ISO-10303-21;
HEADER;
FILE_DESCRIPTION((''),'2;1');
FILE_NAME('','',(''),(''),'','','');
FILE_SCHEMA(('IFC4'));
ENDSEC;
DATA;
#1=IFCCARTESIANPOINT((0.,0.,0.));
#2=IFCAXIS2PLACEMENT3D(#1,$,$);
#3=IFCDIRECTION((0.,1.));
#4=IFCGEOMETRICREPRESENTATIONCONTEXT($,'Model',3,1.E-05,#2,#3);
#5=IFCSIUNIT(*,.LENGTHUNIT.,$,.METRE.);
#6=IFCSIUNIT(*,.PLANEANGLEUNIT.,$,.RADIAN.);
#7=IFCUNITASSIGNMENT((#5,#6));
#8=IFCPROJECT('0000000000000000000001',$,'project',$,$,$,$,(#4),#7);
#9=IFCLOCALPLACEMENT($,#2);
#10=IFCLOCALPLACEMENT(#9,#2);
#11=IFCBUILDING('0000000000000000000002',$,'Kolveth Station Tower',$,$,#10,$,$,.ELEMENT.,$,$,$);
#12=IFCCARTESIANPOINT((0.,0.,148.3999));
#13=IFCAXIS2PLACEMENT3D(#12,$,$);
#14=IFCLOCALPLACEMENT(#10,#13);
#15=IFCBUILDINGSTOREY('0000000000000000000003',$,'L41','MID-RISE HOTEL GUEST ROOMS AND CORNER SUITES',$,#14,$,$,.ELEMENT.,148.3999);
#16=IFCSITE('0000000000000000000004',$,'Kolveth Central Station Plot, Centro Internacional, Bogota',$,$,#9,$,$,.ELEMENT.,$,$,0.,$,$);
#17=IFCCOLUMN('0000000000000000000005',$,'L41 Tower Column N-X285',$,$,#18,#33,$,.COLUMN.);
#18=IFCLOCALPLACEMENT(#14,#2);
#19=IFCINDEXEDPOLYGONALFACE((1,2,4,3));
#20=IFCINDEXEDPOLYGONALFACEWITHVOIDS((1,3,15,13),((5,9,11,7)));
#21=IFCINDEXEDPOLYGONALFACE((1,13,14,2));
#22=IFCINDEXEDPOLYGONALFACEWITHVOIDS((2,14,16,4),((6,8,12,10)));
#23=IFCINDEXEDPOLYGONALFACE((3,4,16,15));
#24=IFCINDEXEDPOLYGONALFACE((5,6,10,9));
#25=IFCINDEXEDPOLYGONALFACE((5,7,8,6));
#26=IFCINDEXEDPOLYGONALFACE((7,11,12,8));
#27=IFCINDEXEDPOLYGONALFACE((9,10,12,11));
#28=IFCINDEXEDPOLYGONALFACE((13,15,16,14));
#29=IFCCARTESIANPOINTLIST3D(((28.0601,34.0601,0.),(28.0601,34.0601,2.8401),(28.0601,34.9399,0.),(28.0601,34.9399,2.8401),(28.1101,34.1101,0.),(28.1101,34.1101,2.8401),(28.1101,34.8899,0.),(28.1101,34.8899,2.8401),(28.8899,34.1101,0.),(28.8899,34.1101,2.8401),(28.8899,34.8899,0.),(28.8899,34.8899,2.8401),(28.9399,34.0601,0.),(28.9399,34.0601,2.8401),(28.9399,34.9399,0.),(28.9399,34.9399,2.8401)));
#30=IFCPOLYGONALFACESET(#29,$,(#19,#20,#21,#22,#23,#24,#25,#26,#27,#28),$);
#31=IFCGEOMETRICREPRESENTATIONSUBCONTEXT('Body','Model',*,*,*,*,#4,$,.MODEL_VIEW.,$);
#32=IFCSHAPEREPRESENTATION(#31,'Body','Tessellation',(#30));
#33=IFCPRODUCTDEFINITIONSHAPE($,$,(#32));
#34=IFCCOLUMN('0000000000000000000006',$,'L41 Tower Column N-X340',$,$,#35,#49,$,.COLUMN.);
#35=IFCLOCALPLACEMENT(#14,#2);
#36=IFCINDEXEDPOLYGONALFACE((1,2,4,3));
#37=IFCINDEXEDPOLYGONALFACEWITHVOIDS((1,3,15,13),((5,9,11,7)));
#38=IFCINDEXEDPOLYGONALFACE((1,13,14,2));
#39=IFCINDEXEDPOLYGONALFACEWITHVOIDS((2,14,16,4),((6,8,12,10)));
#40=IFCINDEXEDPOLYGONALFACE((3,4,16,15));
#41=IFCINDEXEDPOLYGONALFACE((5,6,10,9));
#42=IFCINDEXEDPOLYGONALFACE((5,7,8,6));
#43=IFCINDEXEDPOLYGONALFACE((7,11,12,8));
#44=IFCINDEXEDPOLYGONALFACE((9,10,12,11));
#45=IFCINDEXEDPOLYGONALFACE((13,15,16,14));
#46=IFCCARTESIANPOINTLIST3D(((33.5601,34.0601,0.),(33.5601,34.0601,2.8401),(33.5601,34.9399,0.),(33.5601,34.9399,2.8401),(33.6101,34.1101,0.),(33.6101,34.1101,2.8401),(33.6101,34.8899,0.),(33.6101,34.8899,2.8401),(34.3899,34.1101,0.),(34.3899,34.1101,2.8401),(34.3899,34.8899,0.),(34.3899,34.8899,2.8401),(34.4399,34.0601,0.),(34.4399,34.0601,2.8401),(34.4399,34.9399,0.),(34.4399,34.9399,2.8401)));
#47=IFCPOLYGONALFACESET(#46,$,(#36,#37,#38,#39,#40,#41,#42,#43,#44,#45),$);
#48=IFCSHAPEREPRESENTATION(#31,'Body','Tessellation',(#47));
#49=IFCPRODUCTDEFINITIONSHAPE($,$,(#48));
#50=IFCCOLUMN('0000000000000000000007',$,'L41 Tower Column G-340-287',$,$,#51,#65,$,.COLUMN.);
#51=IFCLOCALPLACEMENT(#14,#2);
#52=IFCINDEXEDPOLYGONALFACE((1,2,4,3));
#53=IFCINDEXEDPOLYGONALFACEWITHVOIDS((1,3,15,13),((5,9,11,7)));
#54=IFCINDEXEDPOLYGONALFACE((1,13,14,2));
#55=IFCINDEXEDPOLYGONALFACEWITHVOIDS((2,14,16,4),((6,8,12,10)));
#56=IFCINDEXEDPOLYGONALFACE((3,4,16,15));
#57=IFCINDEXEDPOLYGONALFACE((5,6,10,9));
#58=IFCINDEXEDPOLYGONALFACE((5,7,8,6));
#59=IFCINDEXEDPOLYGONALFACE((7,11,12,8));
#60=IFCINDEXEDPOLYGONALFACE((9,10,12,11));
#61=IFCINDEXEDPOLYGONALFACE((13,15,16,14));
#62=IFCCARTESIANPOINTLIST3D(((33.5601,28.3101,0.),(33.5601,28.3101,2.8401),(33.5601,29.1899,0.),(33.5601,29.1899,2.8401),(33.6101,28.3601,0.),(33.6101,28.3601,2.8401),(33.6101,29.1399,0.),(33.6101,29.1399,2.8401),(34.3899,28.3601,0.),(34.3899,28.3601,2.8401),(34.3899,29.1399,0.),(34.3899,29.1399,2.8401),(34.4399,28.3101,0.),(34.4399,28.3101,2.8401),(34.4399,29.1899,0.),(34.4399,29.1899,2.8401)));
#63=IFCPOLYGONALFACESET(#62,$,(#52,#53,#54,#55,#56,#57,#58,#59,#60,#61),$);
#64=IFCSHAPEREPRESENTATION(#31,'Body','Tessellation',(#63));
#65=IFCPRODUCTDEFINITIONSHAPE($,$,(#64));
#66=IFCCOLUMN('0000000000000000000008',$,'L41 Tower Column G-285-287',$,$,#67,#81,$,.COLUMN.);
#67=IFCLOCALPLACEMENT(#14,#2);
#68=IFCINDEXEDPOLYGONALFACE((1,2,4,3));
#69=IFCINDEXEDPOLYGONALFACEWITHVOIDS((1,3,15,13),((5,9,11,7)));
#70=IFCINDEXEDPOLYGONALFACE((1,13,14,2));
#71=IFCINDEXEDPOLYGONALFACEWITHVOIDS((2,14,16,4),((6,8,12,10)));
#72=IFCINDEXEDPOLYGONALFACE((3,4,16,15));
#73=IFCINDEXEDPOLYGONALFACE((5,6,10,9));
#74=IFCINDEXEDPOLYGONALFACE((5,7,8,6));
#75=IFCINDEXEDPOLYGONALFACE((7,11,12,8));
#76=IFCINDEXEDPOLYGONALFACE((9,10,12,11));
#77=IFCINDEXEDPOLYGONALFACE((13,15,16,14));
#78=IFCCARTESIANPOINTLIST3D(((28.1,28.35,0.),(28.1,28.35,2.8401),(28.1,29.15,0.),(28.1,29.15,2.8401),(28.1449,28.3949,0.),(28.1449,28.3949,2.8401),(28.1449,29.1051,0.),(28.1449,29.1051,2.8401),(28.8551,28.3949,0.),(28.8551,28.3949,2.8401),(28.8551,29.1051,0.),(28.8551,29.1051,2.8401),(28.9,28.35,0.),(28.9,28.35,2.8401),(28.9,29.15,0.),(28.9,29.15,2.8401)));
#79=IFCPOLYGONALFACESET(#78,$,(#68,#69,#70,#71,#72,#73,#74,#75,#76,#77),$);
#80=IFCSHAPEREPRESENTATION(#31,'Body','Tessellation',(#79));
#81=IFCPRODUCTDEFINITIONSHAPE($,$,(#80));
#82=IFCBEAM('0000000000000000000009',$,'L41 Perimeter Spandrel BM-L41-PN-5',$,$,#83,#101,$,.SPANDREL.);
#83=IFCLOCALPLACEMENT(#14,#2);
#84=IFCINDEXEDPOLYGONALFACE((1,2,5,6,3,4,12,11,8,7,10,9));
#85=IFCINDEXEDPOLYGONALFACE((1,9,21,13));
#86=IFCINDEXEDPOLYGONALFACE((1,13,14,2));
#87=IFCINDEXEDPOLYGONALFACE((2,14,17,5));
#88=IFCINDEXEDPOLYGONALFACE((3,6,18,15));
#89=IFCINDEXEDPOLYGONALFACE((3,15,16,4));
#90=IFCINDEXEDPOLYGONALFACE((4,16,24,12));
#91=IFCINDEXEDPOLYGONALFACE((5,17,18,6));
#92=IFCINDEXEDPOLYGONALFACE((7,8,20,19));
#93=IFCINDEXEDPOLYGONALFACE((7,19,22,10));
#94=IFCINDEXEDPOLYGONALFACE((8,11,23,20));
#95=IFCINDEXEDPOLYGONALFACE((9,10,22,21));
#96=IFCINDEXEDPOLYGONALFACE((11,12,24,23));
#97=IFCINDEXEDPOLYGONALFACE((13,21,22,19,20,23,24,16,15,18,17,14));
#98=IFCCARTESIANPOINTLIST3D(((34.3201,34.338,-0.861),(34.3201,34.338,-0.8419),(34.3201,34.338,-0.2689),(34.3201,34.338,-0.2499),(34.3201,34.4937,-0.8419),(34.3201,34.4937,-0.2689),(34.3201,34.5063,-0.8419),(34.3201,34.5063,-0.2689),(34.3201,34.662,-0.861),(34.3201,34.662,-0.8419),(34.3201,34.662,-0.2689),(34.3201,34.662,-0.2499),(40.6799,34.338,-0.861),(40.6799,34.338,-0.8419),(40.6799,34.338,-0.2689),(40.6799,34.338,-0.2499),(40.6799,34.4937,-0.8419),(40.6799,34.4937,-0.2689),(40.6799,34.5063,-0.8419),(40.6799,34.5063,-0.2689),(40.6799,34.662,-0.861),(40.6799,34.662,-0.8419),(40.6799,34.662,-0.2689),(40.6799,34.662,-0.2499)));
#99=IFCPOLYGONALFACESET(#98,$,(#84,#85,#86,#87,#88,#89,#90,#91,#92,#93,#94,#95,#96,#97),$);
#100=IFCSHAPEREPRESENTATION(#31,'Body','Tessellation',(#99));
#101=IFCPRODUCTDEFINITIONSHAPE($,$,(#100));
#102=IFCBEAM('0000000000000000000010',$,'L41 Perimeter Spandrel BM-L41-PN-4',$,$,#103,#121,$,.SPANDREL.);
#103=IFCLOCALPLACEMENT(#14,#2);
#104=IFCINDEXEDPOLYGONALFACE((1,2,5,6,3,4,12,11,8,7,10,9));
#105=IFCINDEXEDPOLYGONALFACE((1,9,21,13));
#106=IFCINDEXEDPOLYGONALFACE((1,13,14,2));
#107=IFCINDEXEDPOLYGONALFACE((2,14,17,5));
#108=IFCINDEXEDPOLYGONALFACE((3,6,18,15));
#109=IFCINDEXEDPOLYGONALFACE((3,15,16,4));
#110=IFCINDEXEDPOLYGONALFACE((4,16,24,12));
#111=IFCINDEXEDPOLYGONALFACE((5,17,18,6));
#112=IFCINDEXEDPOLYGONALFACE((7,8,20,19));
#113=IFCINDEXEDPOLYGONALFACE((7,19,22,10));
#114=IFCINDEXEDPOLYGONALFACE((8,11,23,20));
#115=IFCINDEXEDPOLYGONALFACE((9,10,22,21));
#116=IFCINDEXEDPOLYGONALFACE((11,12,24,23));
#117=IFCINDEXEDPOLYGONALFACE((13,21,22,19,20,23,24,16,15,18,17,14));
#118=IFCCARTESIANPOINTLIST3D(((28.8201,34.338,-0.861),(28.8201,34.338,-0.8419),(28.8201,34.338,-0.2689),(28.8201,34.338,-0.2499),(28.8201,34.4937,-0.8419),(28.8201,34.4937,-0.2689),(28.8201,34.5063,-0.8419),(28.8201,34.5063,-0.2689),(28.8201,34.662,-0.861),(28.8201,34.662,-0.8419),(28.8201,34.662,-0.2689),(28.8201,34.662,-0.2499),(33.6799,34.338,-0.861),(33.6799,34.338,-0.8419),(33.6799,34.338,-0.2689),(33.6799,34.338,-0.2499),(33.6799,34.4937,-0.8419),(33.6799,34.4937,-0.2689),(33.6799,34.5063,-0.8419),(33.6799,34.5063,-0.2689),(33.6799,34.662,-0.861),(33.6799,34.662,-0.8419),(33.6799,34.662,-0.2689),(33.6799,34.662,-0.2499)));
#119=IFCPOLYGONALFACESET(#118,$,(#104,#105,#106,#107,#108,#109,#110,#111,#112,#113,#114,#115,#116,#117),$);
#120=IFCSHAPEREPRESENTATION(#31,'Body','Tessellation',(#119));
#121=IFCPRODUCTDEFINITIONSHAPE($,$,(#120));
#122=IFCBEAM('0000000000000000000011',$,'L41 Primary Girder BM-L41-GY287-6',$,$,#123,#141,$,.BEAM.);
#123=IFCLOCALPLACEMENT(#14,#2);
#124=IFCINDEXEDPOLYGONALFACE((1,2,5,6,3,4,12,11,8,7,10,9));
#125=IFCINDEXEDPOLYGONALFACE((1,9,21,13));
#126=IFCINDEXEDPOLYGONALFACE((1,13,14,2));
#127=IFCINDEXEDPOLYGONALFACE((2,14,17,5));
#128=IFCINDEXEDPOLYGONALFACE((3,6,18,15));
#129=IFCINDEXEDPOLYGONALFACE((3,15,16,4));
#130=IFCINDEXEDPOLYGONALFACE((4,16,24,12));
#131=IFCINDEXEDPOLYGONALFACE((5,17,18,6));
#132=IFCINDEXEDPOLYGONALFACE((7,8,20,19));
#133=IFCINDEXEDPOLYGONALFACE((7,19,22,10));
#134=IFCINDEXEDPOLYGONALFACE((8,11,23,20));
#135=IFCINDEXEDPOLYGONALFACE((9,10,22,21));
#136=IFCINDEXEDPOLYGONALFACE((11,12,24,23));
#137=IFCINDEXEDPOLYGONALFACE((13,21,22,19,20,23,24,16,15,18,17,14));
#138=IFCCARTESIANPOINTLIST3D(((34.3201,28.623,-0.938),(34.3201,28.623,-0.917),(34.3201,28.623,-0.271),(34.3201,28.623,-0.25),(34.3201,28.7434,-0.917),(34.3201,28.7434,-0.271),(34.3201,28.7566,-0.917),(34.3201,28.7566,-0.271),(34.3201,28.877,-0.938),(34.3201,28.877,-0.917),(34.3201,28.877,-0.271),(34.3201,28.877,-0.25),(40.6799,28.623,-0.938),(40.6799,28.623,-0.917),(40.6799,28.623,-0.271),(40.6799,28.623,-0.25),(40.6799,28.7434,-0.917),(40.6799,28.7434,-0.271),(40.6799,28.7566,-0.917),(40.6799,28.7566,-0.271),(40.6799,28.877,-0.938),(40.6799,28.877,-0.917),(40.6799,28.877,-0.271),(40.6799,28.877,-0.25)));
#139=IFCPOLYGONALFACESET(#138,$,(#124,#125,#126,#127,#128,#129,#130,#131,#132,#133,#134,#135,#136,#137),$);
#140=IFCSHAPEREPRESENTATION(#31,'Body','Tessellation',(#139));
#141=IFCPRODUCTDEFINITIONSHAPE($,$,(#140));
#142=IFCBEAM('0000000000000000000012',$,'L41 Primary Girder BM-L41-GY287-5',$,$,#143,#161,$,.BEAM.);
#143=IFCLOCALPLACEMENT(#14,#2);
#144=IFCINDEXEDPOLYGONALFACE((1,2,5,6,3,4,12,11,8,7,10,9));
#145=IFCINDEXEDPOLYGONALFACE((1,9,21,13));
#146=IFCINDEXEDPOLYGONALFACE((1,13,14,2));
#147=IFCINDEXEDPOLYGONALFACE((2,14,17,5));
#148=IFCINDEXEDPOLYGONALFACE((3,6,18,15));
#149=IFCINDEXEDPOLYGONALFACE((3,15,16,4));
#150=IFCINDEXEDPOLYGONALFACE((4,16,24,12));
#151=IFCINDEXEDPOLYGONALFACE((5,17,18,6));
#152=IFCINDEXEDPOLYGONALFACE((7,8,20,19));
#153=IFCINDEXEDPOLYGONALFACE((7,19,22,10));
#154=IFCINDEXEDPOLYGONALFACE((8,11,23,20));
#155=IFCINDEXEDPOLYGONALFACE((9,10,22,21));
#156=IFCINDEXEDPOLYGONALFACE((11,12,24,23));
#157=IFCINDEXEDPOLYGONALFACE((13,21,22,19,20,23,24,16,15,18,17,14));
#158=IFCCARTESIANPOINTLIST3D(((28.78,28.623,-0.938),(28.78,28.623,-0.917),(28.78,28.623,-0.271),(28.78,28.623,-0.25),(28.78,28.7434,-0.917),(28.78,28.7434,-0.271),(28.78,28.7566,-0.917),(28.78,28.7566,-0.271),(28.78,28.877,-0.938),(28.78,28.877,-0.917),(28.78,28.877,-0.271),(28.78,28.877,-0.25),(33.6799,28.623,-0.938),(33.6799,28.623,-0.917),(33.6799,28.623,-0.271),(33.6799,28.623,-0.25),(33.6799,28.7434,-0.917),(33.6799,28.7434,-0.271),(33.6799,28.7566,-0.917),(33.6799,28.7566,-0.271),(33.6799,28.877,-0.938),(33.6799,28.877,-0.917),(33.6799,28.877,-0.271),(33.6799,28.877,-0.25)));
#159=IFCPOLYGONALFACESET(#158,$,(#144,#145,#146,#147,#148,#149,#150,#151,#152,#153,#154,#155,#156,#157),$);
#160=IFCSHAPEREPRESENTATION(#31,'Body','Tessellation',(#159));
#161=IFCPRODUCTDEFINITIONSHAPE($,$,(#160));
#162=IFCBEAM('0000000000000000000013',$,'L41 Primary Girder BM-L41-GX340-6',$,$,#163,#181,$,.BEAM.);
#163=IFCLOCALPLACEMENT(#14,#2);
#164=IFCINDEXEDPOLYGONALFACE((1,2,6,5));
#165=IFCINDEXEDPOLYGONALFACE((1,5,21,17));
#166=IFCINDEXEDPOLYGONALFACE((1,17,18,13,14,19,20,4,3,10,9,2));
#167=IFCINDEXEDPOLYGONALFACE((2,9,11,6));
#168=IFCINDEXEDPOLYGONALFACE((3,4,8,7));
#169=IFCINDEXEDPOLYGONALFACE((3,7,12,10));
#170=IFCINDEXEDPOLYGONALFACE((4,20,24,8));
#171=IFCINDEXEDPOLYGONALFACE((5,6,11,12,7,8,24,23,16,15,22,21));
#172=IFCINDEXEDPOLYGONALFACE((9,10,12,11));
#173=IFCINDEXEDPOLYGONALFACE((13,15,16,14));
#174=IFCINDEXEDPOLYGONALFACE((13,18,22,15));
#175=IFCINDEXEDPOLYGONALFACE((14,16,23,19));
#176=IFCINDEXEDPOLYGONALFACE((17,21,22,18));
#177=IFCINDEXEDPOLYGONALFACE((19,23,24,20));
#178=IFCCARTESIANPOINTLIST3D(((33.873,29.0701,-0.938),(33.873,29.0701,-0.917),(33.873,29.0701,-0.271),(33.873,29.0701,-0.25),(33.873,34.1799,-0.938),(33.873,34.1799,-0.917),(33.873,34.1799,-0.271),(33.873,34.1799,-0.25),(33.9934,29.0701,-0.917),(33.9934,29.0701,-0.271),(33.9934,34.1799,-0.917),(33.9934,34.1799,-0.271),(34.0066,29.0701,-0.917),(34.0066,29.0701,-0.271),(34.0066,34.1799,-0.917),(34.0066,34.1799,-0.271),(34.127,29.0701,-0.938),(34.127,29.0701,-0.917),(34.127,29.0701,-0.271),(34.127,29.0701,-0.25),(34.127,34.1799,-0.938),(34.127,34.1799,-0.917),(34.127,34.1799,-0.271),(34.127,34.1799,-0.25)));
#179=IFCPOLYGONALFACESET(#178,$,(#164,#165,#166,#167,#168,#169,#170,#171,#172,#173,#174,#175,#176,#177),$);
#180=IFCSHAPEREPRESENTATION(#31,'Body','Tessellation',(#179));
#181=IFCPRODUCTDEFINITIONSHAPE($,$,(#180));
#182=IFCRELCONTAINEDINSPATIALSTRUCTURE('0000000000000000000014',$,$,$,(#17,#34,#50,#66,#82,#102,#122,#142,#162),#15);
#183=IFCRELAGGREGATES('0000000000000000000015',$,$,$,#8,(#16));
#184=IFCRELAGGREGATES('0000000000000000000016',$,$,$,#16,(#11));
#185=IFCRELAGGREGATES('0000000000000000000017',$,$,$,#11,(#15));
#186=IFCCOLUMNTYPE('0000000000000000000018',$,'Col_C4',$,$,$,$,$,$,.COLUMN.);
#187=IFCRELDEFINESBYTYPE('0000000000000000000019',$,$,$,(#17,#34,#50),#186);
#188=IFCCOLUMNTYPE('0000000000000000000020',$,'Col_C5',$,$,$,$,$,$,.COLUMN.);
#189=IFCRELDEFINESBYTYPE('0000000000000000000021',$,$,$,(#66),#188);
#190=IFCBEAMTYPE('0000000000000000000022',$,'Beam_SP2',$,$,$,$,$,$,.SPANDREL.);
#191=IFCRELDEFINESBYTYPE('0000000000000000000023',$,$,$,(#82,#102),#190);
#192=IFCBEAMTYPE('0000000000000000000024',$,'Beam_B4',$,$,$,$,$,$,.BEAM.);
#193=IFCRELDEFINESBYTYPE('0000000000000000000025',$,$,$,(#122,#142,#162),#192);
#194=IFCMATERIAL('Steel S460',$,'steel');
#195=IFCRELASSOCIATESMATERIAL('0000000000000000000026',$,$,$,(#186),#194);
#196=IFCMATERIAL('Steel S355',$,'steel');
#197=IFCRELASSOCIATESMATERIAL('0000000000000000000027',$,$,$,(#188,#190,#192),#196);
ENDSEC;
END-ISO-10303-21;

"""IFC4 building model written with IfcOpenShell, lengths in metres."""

from ifc_helpers import new_model, si_unit, direction, frame, origin, origin_2d, place, context, subcontext, project, spatial, hollow_rectangle, i_section, extrude, source, transform, mapped, material, material_profile, profile_set, type_object, element, save


model = new_model("IFC4")

# Units and contexts
model_context = context("Model", 3, precision=1e-05, world=origin(), true_north=direction((0.0, 1.0)))
body_context = subcontext(model_context, "Body", "Model", "MODEL_VIEW")
ifc_project = project(units=[si_unit("LENGTHUNIT", "METRE"), si_unit("PLANEANGLEUNIT", "RADIAN")], contexts=[model_context])

# Site, building, storey
site_placement = place(None, origin())
site = spatial("IfcSite", under=ifc_project, at=site_placement, Name="Kolveth Central Station Plot, Centro Internacional, Bogota", CompositionType="ELEMENT", RefElevation=0.0)
building_placement = place(site_placement, origin())
building = spatial("IfcBuilding", under=site, at=building_placement, Name="Kolveth Station Tower", CompositionType="ELEMENT")
storey_placement = place(building_placement, frame((0.0, 0.0, 148.3999)))
storey = spatial("IfcBuildingStorey", under=building, at=storey_placement, Name="L41", Description="MID-RISE HOTEL GUEST ROOMS AND CORNER SUITES", CompositionType="ELEMENT", Elevation=148.3999)

# Columns
ifc_material_1 = material(Name="Steel S460", Category="steel")
ifc_material_profile_1 = material_profile(ifc_material_1, hollow_rectangle(XDim=0.8799, YDim=0.8799, WallThickness=0.05, at=origin_2d()), Name="BOX880x880x50")
ifc_profile_set_1 = profile_set([ifc_material_profile_1], Name="Steel S460")
column_type_1 = type_object("IfcColumnType", Name="Col_C4", PredefinedType="COLUMN", material=ifc_profile_set_1)
shared_shape_1 = source(origin(), body_context, "Body", "SweptSolid", [
    extrude(hollow_rectangle(XDim=0.8799, YDim=0.8799, WallThickness=0.05, at=origin_2d()), origin(), (0.0, 0.0, 1.0), 2.8401),
])
for number, where, z_axis, x_axis, name in (
    (1, (28.5, 34.5, 0.0), (0.0, 0.0, 1.0), (1.0, 0.0, 0.0), "L41 Tower Column N-X285"),
    (2, (34.0, 34.5, 0.0), (0.0, 0.0, 1.0), (1.0, 0.0, 0.0), "L41 Tower Column N-X340"),
    (3, (34.0, 28.75, 0.0), (0.0, 0.0, 1.0), (1.0, 0.0, 0.0), "L41 Tower Column G-340-287"),
):
    element("IfcColumn", number, at=place(storey_placement, frame(where, z_axis=z_axis, x_axis=x_axis)), inside=storey, type_object=column_type_1, Name=name, PredefinedType="COLUMN", context=body_context, shape_type="MappedRepresentation", body=[
        mapped(shared_shape_1, transform((0.0, 0.0, 0.0), x_axis=(1.0, 0.0, 0.0), y_axis=(0.0, 1.0, 0.0), z_axis=(0.0, 0.0, 1.0), scale=1.0)),
    ])
ifc_material_2 = material(Name="Steel S355", Category="steel")
ifc_material_profile_2 = material_profile(ifc_material_2, hollow_rectangle(XDim=0.8, YDim=0.8, WallThickness=0.0449, at=origin_2d()), Name="BOX800x800x45")
ifc_profile_set_2 = profile_set([ifc_material_profile_2], Name="Steel S355")
column_type_2 = type_object("IfcColumnType", Name="Col_C5", PredefinedType="COLUMN", material=ifc_profile_set_2)
shared_shape_2 = source(origin(), body_context, "Body", "SweptSolid", [
    extrude(hollow_rectangle(XDim=0.8, YDim=0.8, WallThickness=0.0449, at=origin_2d()), origin(), (0.0, 0.0, 1.0), 2.8401),
])
column_placement = place(storey_placement, frame((28.5, 28.75, 0.0), z_axis=(0.0, 0.0, 1.0), x_axis=(1.0, 0.0, 0.0)))
element("IfcColumn", 4, at=column_placement, inside=storey, type_object=column_type_2, Name="L41 Tower Column G-285-287", PredefinedType="COLUMN", context=body_context, shape_type="MappedRepresentation", body=[
    mapped(shared_shape_2, transform((0.0, 0.0, 0.0), x_axis=(1.0, 0.0, 0.0), y_axis=(0.0, 1.0, 0.0), z_axis=(0.0, 0.0, 1.0), scale=1.0)),
])

# Beams
ifc_material_profile_3 = material_profile(ifc_material_2, i_section(OverallWidth=0.324, OverallDepth=0.6111, WebThickness=0.0127, FlangeThickness=0.019, at=origin_2d()), Name="W610x155")
ifc_profile_set_3 = profile_set([ifc_material_profile_3], Name="Steel S355")
beam_type_1 = type_object("IfcBeamType", Name="Beam_SP2", PredefinedType="SPANDREL", material=ifc_profile_set_3)
shared_shape_3 = source(origin(), body_context, "Body", "SweptSolid", [
    extrude(i_section(OverallWidth=0.324, OverallDepth=0.6111, WebThickness=0.0127, FlangeThickness=0.019, at=origin_2d()), origin(), (0.0, 0.0, 1.0), 6.3599),
])
beam_1_placement = place(storey_placement, frame((34.3201, 34.5, -0.5554), z_axis=(1.0, 0.0, 0.0), x_axis=(0.0, 1.0, 0.0)))
element("IfcBeam", 5, at=beam_1_placement, inside=storey, type_object=beam_type_1, Name="L41 Perimeter Spandrel BM-L41-PN-5", PredefinedType="SPANDREL", context=body_context, shape_type="MappedRepresentation", body=[
    mapped(shared_shape_3, transform((0.0, 0.0, 0.0), x_axis=(1.0, 0.0, 0.0), y_axis=(0.0, 1.0, 0.0), z_axis=(0.0, 0.0, 1.0), scale=1.0)),
])
shared_shape_4 = source(origin(), body_context, "Body", "SweptSolid", [
    extrude(i_section(OverallWidth=0.324, OverallDepth=0.6111, WebThickness=0.0127, FlangeThickness=0.019, at=origin_2d()), origin(), (0.0, 0.0, 1.0), 4.8599),
])
beam_2_placement = place(storey_placement, frame((28.8201, 34.5, -0.5554), z_axis=(1.0, 0.0, 0.0), x_axis=(0.0, 1.0, 0.0)))
element("IfcBeam", 6, at=beam_2_placement, inside=storey, type_object=beam_type_1, Name="L41 Perimeter Spandrel BM-L41-PN-4", PredefinedType="SPANDREL", context=body_context, shape_type="MappedRepresentation", body=[
    mapped(shared_shape_4, transform((0.0, 0.0, 0.0), x_axis=(1.0, 0.0, 0.0), y_axis=(0.0, 1.0, 0.0), z_axis=(0.0, 0.0, 1.0), scale=1.0)),
])
ifc_material_profile_4 = material_profile(ifc_material_2, i_section(OverallWidth=0.2539, OverallDepth=0.688, WebThickness=0.0132, FlangeThickness=0.021, at=origin_2d()), Name="W690x152")
ifc_profile_set_4 = profile_set([ifc_material_profile_4], Name="Steel S355")
beam_type_2 = type_object("IfcBeamType", Name="Beam_B4", PredefinedType="BEAM", material=ifc_profile_set_4)
shared_shape_5 = source(origin(), body_context, "Body", "SweptSolid", [
    extrude(i_section(OverallWidth=0.2539, OverallDepth=0.688, WebThickness=0.0132, FlangeThickness=0.021, at=origin_2d()), origin(), (0.0, 0.0, 1.0), 6.3599),
])
beam_3_placement = place(storey_placement, frame((34.3201, 28.75, -0.594), z_axis=(1.0, 0.0, 0.0), x_axis=(0.0, 1.0, 0.0)))
element("IfcBeam", 7, at=beam_3_placement, inside=storey, type_object=beam_type_2, Name="L41 Primary Girder BM-L41-GY287-6", PredefinedType="BEAM", context=body_context, shape_type="MappedRepresentation", body=[
    mapped(shared_shape_5, transform((0.0, 0.0, 0.0), x_axis=(1.0, 0.0, 0.0), y_axis=(0.0, 1.0, 0.0), z_axis=(0.0, 0.0, 1.0), scale=1.0)),
])
shared_shape_6 = source(origin(), body_context, "Body", "SweptSolid", [
    extrude(i_section(OverallWidth=0.2539, OverallDepth=0.688, WebThickness=0.0132, FlangeThickness=0.021, at=origin_2d()), origin(), (0.0, 0.0, 1.0), 4.8999),
])
beam_4_placement = place(storey_placement, frame((28.78, 28.75, -0.594), z_axis=(1.0, 0.0, 0.0), x_axis=(0.0, 1.0, 0.0)))
element("IfcBeam", 8, at=beam_4_placement, inside=storey, type_object=beam_type_2, Name="L41 Primary Girder BM-L41-GY287-5", PredefinedType="BEAM", context=body_context, shape_type="MappedRepresentation", body=[
    mapped(shared_shape_6, transform((0.0, 0.0, 0.0), x_axis=(1.0, 0.0, 0.0), y_axis=(0.0, 1.0, 0.0), z_axis=(0.0, 0.0, 1.0), scale=1.0)),
])
shared_shape_7 = source(origin(), body_context, "Body", "SweptSolid", [
    extrude(i_section(OverallWidth=0.2539, OverallDepth=0.688, WebThickness=0.0132, FlangeThickness=0.021, at=origin_2d()), origin(), (0.0, 0.0, 1.0), 5.1099),
])
beam_5_placement = place(storey_placement, frame((34.0, 29.0701, -0.594), z_axis=(0.0, 1.0, 0.0), x_axis=(-1.0, 0.0, 0.0)))
element("IfcBeam", 9, at=beam_5_placement, inside=storey, type_object=beam_type_2, Name="L41 Primary Girder BM-L41-GX340-6", PredefinedType="BEAM", context=body_context, shape_type="MappedRepresentation", body=[
    mapped(shared_shape_7, transform((0.0, 0.0, 0.0), x_axis=(1.0, 0.0, 0.0), y_axis=(0.0, 1.0, 0.0), z_axis=(0.0, 0.0, 1.0), scale=1.0)),
])

save(model, "model.ifc")
